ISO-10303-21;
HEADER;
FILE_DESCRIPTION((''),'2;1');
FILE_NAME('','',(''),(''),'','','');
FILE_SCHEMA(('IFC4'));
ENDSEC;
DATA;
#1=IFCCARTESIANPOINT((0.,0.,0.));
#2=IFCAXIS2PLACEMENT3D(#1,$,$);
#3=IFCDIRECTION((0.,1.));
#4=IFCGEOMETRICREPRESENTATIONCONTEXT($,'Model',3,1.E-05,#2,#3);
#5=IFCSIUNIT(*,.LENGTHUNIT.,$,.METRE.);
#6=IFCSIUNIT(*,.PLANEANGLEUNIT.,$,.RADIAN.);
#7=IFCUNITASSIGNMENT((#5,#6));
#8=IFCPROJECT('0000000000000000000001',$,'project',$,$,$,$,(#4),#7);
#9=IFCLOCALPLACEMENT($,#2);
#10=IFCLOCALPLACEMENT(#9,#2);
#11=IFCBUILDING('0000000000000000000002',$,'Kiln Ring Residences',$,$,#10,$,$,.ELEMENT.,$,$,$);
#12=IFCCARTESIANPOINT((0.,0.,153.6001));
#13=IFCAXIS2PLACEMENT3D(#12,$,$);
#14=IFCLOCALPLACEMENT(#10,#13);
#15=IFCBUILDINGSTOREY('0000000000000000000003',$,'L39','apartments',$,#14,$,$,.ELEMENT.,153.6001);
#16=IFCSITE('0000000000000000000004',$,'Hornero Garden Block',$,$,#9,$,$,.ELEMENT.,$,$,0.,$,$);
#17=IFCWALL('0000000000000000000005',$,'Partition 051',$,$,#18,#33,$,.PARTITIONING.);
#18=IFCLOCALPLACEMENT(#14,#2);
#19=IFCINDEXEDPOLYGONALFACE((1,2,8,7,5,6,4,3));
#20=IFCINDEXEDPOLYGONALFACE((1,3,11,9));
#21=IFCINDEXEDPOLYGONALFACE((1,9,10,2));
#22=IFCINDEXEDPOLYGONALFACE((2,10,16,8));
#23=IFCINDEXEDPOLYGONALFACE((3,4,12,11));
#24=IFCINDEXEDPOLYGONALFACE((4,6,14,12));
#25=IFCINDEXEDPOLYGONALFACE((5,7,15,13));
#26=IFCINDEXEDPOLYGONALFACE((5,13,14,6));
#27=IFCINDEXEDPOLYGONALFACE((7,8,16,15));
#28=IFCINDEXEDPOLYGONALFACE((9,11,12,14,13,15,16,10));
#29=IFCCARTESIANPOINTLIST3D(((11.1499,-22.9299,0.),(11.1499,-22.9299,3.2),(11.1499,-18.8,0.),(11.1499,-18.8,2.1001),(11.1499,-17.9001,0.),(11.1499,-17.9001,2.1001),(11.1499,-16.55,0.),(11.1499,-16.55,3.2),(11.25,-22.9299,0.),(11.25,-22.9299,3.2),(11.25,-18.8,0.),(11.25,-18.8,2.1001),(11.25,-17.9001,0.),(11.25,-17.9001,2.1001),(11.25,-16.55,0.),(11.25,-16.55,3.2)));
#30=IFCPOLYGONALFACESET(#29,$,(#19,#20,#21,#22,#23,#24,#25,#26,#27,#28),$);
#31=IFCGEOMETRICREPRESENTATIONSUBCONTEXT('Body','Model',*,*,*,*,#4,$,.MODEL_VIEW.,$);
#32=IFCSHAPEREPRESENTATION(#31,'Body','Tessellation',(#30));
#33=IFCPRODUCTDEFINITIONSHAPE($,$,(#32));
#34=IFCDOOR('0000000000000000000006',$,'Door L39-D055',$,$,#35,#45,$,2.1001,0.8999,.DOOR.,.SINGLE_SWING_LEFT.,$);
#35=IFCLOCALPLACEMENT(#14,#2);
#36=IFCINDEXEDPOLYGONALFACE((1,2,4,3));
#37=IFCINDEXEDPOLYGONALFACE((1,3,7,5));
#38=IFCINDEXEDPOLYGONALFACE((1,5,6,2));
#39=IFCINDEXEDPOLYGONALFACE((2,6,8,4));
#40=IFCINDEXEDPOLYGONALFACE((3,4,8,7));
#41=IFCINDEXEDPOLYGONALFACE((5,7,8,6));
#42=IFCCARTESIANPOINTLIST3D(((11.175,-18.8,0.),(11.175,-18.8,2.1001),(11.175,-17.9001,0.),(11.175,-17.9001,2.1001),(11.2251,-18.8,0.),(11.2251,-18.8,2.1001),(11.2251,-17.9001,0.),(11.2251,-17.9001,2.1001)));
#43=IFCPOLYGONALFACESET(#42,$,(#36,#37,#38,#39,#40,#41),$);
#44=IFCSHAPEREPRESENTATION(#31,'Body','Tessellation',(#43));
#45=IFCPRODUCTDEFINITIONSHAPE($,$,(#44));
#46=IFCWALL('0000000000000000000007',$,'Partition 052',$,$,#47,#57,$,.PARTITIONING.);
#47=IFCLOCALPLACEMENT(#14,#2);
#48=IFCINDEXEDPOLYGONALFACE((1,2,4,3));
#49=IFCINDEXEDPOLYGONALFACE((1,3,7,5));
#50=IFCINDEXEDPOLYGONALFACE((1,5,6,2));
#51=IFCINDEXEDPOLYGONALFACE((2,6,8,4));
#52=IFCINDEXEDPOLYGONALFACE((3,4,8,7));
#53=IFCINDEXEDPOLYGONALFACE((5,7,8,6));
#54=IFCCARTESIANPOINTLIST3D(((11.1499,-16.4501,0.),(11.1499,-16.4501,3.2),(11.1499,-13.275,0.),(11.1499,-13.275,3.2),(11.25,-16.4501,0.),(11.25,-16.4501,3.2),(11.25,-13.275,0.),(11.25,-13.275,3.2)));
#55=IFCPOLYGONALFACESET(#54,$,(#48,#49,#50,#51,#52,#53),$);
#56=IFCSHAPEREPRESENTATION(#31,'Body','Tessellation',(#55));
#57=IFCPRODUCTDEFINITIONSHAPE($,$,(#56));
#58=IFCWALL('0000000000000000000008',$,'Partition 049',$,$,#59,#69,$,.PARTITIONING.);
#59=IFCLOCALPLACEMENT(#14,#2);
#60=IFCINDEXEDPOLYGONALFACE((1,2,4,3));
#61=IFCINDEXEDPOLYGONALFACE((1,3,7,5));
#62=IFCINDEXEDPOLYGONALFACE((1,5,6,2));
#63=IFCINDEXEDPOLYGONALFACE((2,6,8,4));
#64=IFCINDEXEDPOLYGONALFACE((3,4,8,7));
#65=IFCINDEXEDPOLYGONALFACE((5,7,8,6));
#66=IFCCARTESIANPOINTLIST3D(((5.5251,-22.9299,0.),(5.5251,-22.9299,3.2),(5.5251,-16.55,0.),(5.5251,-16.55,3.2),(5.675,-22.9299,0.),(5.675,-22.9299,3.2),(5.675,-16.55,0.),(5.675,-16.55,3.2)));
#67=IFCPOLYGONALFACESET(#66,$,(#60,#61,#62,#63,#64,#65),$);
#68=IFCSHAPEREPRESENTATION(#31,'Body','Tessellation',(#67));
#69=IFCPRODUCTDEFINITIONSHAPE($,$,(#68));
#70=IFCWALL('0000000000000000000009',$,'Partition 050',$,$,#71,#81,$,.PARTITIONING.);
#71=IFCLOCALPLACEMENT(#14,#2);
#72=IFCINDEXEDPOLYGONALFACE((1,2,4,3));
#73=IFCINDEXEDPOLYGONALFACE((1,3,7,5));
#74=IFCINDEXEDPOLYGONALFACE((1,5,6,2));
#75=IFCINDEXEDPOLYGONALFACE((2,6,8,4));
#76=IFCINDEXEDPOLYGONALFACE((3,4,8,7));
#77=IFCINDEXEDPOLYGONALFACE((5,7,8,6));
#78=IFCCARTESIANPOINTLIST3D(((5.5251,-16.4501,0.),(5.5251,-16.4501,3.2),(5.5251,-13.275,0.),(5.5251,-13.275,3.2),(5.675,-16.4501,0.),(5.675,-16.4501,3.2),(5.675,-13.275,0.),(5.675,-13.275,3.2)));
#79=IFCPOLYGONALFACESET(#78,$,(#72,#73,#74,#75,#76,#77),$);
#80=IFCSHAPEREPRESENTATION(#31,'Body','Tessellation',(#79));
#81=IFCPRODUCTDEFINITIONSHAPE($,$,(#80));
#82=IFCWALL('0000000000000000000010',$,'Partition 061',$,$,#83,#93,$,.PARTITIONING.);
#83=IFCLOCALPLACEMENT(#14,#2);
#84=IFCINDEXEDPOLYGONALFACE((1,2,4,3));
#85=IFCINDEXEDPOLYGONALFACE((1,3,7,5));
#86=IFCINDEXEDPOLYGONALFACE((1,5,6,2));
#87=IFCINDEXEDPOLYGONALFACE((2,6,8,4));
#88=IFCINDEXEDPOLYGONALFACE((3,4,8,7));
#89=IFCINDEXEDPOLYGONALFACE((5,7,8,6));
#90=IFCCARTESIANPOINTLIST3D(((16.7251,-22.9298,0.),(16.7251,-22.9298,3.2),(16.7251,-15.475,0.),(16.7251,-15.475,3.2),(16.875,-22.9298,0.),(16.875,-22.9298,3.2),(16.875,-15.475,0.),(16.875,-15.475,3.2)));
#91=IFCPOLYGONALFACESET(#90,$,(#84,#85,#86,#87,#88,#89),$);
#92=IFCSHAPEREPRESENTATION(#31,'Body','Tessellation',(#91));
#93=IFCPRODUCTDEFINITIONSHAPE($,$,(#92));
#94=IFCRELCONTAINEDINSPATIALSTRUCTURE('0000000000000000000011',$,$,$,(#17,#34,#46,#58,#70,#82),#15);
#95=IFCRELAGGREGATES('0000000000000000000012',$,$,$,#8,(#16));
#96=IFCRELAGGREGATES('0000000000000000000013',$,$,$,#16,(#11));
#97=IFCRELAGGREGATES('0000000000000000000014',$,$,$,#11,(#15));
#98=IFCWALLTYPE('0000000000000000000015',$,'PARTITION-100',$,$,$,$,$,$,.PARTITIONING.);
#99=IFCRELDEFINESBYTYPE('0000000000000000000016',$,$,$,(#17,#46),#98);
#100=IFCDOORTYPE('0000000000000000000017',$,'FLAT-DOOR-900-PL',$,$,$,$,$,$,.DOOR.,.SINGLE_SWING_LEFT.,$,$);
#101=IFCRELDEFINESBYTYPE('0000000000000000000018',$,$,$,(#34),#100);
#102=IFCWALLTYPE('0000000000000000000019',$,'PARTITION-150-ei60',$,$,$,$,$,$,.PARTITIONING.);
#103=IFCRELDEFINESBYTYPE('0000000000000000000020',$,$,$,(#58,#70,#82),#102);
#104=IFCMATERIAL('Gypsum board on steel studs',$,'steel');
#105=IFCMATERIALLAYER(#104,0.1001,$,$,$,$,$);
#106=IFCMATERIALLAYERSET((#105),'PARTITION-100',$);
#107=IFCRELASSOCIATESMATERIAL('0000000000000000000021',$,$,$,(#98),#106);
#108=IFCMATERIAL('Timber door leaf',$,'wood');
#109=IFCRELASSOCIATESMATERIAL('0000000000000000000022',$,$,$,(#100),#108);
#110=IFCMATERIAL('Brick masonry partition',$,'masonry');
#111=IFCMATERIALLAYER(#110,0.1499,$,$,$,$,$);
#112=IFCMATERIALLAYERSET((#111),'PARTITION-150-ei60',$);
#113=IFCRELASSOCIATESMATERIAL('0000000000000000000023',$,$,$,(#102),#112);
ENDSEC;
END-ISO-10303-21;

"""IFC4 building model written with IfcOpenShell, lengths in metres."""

from ifc_helpers import new_model, si_unit, direction, frame, frame_2d, origin, place, context, subcontext, project, spatial, rectangle, extrude, material, layer, layer_set, type_object, element, fill, save


model = new_model("IFC4")

# Units and contexts
model_context = context("Model", 3, precision=1e-05, world=origin(), true_north=direction((0.0, 1.0)))
body_context = subcontext(model_context, "Body", "Model", "MODEL_VIEW")
ifc_project = project(units=[si_unit("LENGTHUNIT", "METRE"), si_unit("PLANEANGLEUNIT", "RADIAN")], contexts=[model_context])

# Site, building, storey
site_placement = place(None, origin())
site = spatial("IfcSite", under=ifc_project, at=site_placement, Name="Hornero Garden Block", CompositionType="ELEMENT", RefElevation=0.0)
building_placement = place(site_placement, origin())
building = spatial("IfcBuilding", under=site, at=building_placement, Name="Kiln Ring Residences", CompositionType="ELEMENT")
storey_placement = place(building_placement, frame((0.0, 0.0, 153.6001)))
storey = spatial("IfcBuildingStorey", under=building, at=storey_placement, Name="L39", Description="apartments", CompositionType="ELEMENT", Elevation=153.6001)

# Shared definitions
ifc_material_1 = material(Name="Gypsum board on steel studs", Category="steel")
ifc_layer_1 = layer(ifc_material_1, 0.1001)
ifc_layer_set_1 = layer_set([ifc_layer_1], Name="PARTITION-100")
wall_type_1 = type_object("IfcWallType", Name="PARTITION-100", PredefinedType="PARTITIONING", material=ifc_layer_set_1)
ifc_material_2 = material(Name="Timber door leaf", Category="wood")
door_type_1 = type_object("IfcDoorType", Name="FLAT-DOOR-900-PL", OperationType="SINGLE_SWING_LEFT", PredefinedType="DOOR", material=ifc_material_2)

# Wall, opening, door
wall_1_placement = place(storey_placement, frame((11.2, -22.9299, 0.0), z_axis=(0.0, 0.0, 1.0), x_axis=(0.0, 1.0, 0.0)))
wall_1 = element("IfcWall", 1, at=wall_1_placement, inside=storey, type_object=wall_type_1, Name="Partition 051", PredefinedType="PARTITIONING", context=body_context, shape_type="SweptSolid", body=[
    extrude(rectangle(XDim=6.3799, YDim=0.1001, at=frame_2d((3.1899, 0.0))), origin(), (0.0, 0.0, 1.0), 3.2),
])
opening_1_placement = place(wall_1_placement, frame((4.1299, 0.0, 0.0)))
opening_1 = element("IfcOpeningElement", 2, at=opening_1_placement, cuts=wall_1, PredefinedType="OPENING", context=body_context, shape_type="SweptSolid", body=[
    extrude(rectangle(XDim=0.8999, YDim=2.1001, at=frame_2d((0.45, 1.05))), frame((0.0, 0.0601, 0.0), z_axis=(0.0, -1.0, 0.0), x_axis=(1.0, 0.0, 0.0)), (0.0, 0.0, 1.0), 0.1201),
])
door_1_placement = place(opening_1_placement, origin())
door_1 = element("IfcDoor", 3, at=door_1_placement, inside=storey, type_object=door_type_1, Name="Door L39-D055", OperationType="SINGLE_SWING_LEFT", OverallHeight=2.1001, OverallWidth=0.8999, PredefinedType="DOOR", context=body_context, shape_type="SweptSolid", body=[
    extrude(rectangle(XDim=0.8999, YDim=2.1001, at=frame_2d((0.45, 1.05))), frame((0.0, 0.0249, 0.0), z_axis=(0.0, -1.0, 0.0), x_axis=(1.0, 0.0, 0.0)), (0.0, 0.0, 1.0), 0.05),
])
fill(opening_1, door_1)

# Walls
wall_2_placement = place(storey_placement, frame((11.2, -16.45, 0.0), z_axis=(0.0, 0.0, 1.0), x_axis=(0.0, 1.0, 0.0)))
element("IfcWall", 4, at=wall_2_placement, inside=storey, type_object=wall_type_1, Name="Partition 052", PredefinedType="PARTITIONING", context=body_context, shape_type="SweptSolid", body=[
    extrude(rectangle(XDim=3.175, YDim=0.1001, at=frame_2d((1.5874, 0.0))), origin(), (0.0, 0.0, 1.0), 3.2),
])
ifc_material_3 = material(Name="Brick masonry partition", Category="masonry")
ifc_layer_2 = layer(ifc_material_3, 0.1499)
ifc_layer_set_2 = layer_set([ifc_layer_2], Name="PARTITION-150-ei60")
wall_type_2 = type_object("IfcWallType", Name="PARTITION-150-ei60", PredefinedType="PARTITIONING", material=ifc_layer_set_2)
wall_3_placement = place(storey_placement, frame((5.6001, -22.9299, 0.0), z_axis=(0.0, 0.0, 1.0), x_axis=(0.0, 1.0, 0.0)))
element("IfcWall", 5, at=wall_3_placement, inside=storey, type_object=wall_type_2, Name="Partition 049", PredefinedType="PARTITIONING", context=body_context, shape_type="SweptSolid", body=[
    extrude(rectangle(XDim=6.3799, YDim=0.1499, at=frame_2d((3.1899, 0.0))), origin(), (0.0, 0.0, 1.0), 3.2),
])
wall_4_placement = place(storey_placement, frame((5.6001, -16.45, 0.0), z_axis=(0.0, 0.0, 1.0), x_axis=(0.0, 1.0, 0.0)))
element("IfcWall", 6, at=wall_4_placement, inside=storey, type_object=wall_type_2, Name="Partition 050", PredefinedType="PARTITIONING", context=body_context, shape_type="SweptSolid", body=[
    extrude(rectangle(XDim=3.175, YDim=0.1499, at=frame_2d((1.5874, 0.0))), origin(), (0.0, 0.0, 1.0), 3.2),
])
wall_5_placement = place(storey_placement, frame((16.8, -22.9299, 0.0), z_axis=(0.0, 0.0, 1.0), x_axis=(0.0, 1.0, 0.0)))
element("IfcWall", 7, at=wall_5_placement, inside=storey, type_object=wall_type_2, Name="Partition 061", PredefinedType="PARTITIONING", context=body_context, shape_type="SweptSolid", body=[
    extrude(rectangle(XDim=7.4548, YDim=0.1499, at=frame_2d((3.7275, 0.0))), origin(), (0.0, 0.0, 1.0), 3.2),
])

save(model, "model.ifc")
